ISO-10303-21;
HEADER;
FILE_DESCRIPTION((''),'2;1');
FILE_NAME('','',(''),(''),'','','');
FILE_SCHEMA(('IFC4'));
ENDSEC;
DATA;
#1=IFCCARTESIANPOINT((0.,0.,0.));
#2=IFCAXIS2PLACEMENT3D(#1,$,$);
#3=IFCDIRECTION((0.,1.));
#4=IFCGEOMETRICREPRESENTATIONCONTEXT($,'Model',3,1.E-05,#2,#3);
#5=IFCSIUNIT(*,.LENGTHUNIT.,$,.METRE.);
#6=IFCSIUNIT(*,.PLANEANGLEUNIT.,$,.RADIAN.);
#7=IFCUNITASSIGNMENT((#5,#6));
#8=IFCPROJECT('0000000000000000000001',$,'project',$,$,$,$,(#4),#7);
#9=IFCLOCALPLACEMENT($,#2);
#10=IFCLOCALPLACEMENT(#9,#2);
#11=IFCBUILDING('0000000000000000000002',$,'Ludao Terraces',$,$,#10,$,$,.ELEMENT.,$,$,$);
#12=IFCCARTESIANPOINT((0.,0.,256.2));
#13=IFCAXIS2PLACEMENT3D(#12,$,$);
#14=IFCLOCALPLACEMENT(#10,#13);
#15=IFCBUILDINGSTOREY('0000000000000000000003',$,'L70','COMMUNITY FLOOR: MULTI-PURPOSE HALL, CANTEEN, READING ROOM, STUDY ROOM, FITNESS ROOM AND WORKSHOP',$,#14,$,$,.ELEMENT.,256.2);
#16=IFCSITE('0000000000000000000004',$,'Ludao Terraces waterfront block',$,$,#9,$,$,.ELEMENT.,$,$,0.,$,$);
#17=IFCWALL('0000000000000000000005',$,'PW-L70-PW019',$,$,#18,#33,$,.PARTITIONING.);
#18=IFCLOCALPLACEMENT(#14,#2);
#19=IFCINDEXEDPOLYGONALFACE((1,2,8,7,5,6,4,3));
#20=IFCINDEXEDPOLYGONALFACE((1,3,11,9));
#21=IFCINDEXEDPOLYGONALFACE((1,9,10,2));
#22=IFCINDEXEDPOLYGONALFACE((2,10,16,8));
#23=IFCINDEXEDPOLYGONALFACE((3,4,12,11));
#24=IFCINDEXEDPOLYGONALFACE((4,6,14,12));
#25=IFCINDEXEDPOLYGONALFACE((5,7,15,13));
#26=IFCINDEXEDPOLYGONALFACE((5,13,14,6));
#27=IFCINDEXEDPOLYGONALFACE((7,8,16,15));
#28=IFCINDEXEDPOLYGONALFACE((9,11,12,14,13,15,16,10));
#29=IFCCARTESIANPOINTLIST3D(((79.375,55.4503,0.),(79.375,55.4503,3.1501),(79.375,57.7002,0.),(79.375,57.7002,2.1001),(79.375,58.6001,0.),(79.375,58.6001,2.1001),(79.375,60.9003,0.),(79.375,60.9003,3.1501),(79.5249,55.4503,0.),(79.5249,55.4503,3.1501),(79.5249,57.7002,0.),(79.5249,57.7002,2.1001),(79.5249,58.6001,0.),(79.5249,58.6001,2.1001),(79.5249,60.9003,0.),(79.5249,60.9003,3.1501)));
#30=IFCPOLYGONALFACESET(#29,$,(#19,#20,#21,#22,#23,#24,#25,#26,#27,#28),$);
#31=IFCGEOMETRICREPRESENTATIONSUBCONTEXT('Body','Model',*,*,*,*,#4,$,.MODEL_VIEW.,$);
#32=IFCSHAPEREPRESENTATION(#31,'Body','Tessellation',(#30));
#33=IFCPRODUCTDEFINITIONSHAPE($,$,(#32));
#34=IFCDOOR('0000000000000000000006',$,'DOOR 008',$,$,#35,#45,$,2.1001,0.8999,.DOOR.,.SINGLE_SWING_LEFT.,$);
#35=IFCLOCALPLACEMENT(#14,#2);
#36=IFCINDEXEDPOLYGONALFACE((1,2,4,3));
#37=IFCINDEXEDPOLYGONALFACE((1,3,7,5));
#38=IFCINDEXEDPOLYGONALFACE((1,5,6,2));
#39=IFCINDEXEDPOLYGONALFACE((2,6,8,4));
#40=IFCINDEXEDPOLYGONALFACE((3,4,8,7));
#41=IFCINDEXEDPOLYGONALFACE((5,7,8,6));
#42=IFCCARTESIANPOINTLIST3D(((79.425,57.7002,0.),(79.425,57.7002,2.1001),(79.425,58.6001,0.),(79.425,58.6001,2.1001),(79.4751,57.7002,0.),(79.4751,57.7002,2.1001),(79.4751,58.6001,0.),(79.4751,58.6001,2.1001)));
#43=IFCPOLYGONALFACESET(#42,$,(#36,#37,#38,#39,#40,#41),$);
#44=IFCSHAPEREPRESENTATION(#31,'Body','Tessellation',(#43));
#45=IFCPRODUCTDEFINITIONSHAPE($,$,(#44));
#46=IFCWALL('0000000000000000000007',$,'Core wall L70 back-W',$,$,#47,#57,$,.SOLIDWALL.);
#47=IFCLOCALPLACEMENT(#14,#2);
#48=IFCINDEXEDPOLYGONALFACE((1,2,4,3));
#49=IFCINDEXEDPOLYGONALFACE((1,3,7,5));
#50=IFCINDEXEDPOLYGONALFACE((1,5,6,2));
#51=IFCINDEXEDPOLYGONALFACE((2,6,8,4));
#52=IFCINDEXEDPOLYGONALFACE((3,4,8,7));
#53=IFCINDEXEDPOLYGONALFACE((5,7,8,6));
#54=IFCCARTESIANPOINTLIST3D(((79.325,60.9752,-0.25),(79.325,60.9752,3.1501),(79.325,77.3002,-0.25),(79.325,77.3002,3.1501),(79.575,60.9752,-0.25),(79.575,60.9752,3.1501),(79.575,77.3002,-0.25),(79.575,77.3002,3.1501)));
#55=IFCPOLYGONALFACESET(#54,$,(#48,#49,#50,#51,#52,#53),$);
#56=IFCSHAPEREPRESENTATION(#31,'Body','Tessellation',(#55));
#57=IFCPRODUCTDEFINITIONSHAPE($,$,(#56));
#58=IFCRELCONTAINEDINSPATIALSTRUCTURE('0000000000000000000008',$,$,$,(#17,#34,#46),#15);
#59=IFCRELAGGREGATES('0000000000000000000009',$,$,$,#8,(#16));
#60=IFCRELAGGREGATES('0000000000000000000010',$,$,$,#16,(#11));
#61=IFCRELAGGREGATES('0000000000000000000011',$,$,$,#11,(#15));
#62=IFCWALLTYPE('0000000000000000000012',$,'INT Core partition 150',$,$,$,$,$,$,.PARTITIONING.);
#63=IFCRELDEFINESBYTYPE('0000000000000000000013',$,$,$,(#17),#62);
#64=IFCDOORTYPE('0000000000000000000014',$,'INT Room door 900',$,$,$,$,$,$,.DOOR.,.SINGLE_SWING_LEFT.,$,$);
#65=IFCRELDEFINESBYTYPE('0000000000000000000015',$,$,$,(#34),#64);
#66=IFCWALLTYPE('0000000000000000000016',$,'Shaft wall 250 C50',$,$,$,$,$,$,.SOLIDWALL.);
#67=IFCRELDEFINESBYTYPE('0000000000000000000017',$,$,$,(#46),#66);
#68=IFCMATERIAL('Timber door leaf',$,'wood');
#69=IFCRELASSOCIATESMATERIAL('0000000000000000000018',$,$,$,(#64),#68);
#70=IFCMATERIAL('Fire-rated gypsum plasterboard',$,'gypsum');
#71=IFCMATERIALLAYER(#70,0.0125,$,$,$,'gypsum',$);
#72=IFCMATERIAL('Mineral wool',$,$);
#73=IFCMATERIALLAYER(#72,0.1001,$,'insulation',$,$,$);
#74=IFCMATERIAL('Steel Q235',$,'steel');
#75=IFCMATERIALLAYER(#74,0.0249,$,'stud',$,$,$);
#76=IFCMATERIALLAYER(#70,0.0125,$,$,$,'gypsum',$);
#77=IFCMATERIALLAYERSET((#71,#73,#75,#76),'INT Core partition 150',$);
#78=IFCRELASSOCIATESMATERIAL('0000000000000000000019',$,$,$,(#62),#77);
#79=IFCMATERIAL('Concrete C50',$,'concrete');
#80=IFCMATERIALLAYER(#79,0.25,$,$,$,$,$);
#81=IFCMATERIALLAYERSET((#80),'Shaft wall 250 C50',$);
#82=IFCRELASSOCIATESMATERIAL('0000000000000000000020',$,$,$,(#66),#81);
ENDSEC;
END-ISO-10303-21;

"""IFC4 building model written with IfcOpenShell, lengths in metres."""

from ifc_helpers import new_model, si_unit, direction, frame, frame_2d, origin, place, context, subcontext, project, spatial, rectangle, extrude, material, layer, layer_set, type_object, element, fill, save


model = new_model("IFC4")

# Units and contexts
model_context = context("Model", 3, precision=1e-05, world=origin(), true_north=direction((0.0, 1.0)))
body_context = subcontext(model_context, "Body", "Model", "MODEL_VIEW")
ifc_project = project(units=[si_unit("LENGTHUNIT", "METRE"), si_unit("PLANEANGLEUNIT", "RADIAN")], contexts=[model_context])

# Site, building, storey
site_placement = place(None, origin())
site = spatial("IfcSite", under=ifc_project, at=site_placement, Name="Ludao Terraces waterfront block", CompositionType="ELEMENT", RefElevation=0.0)
building_placement = place(site_placement, origin())
building = spatial("IfcBuilding", under=site, at=building_placement, Name="Ludao Terraces", CompositionType="ELEMENT")
storey_placement = place(building_placement, frame((0.0, 0.0, 256.2)))
storey = spatial("IfcBuildingStorey", under=building, at=storey_placement, Name="L70", Description="COMMUNITY FLOOR: MULTI-PURPOSE HALL, CANTEEN, READING ROOM, STUDY ROOM, FITNESS ROOM AND WORKSHOP", CompositionType="ELEMENT", Elevation=256.2)

# Shared definitions
ifc_material_1 = material(Name="Concrete C50", Category="concrete")
ifc_material_2 = material(Name="Steel Q235", Category="steel")
ifc_material_3 = material(Name="Timber door leaf", Category="wood")
door_type_1 = type_object("IfcDoorType", Name="INT Room door 900", OperationType="SINGLE_SWING_LEFT", PredefinedType="DOOR", material=ifc_material_3)

# Wall, opening, door
ifc_material_4 = material(Name="Fire-rated gypsum plasterboard", Category="gypsum")
ifc_layer_1 = layer(ifc_material_4, 0.0125, Category="gypsum")
ifc_material_5 = material(Name="Mineral wool")
ifc_layer_2 = layer(ifc_material_5, 0.1001, Name="insulation")
ifc_layer_3 = layer(ifc_material_2, 0.0249, Name="stud")
ifc_layer_4 = layer(ifc_material_4, 0.0125, Category="gypsum")
ifc_layer_set_1 = layer_set([ifc_layer_1, ifc_layer_2, ifc_layer_3, ifc_layer_4], Name="INT Core partition 150")
wall_type_1 = type_object("IfcWallType", Name="INT Core partition 150", PredefinedType="PARTITIONING", material=ifc_layer_set_1)
wall_1_placement = place(storey_placement, frame((79.45, 55.4502, 0.0), z_axis=(0.0, 0.0, 1.0), x_axis=(0.0, 1.0, 0.0)))
wall_1 = element("IfcWall", 1, at=wall_1_placement, inside=storey, type_object=wall_type_1, Name="PW-L70-PW019", PredefinedType="PARTITIONING", context=body_context, shape_type="SweptSolid", body=[
    extrude(rectangle(XDim=5.45, YDim=0.1499, at=frame_2d((2.7251, 0.0))), origin(), (0.0, 0.0, 1.0), 3.1501),
])
opening_1_placement = place(wall_1_placement, frame((2.25, 0.0, 0.0)))
opening_1 = element("IfcOpeningElement", 2, at=opening_1_placement, cuts=wall_1, PredefinedType="OPENING", context=body_context, shape_type="SweptSolid", body=[
    extrude(rectangle(XDim=0.8999, YDim=2.1001, at=frame_2d((0.45, 1.05))), frame((0.0, 0.085, 0.0), z_axis=(0.0, -1.0, 0.0), x_axis=(1.0, 0.0, 0.0)), (0.0, 0.0, 1.0), 0.1699),
])
door_1_placement = place(opening_1_placement, origin())
door_1 = element("IfcDoor", 3, at=door_1_placement, inside=storey, type_object=door_type_1, Name="DOOR 008", OperationType="SINGLE_SWING_LEFT", OverallHeight=2.1001, OverallWidth=0.8999, PredefinedType="DOOR", context=body_context, shape_type="SweptSolid", body=[
    extrude(rectangle(XDim=0.8999, YDim=2.1001, at=frame_2d((0.45, 1.05))), frame((0.0, 0.0249, 0.0), z_axis=(0.0, -1.0, 0.0), x_axis=(1.0, 0.0, 0.0)), (0.0, 0.0, 1.0), 0.05),
])
fill(opening_1, door_1)

# Wall
ifc_layer_5 = layer(ifc_material_1, 0.25)
ifc_layer_set_2 = layer_set([ifc_layer_5], Name="Shaft wall 250 C50")
wall_type_2 = type_object("IfcWallType", Name="Shaft wall 250 C50", PredefinedType="SOLIDWALL", material=ifc_layer_set_2)
wall_2_placement = place(storey_placement, frame((79.45, 60.9751, -0.25), z_axis=(0.0, 0.0, 1.0), x_axis=(0.0, 1.0, 0.0)))
element("IfcWall", 4, at=wall_2_placement, inside=storey, type_object=wall_type_2, Name="Core wall L70 back-W", PredefinedType="SOLIDWALL", context=body_context, shape_type="SweptSolid", body=[
    extrude(rectangle(XDim=16.325, YDim=0.25, at=frame_2d((8.1626, 0.0))), origin(), (0.0, 0.0, 1.0), 3.4001),
])

save(model, "model.ifc")
